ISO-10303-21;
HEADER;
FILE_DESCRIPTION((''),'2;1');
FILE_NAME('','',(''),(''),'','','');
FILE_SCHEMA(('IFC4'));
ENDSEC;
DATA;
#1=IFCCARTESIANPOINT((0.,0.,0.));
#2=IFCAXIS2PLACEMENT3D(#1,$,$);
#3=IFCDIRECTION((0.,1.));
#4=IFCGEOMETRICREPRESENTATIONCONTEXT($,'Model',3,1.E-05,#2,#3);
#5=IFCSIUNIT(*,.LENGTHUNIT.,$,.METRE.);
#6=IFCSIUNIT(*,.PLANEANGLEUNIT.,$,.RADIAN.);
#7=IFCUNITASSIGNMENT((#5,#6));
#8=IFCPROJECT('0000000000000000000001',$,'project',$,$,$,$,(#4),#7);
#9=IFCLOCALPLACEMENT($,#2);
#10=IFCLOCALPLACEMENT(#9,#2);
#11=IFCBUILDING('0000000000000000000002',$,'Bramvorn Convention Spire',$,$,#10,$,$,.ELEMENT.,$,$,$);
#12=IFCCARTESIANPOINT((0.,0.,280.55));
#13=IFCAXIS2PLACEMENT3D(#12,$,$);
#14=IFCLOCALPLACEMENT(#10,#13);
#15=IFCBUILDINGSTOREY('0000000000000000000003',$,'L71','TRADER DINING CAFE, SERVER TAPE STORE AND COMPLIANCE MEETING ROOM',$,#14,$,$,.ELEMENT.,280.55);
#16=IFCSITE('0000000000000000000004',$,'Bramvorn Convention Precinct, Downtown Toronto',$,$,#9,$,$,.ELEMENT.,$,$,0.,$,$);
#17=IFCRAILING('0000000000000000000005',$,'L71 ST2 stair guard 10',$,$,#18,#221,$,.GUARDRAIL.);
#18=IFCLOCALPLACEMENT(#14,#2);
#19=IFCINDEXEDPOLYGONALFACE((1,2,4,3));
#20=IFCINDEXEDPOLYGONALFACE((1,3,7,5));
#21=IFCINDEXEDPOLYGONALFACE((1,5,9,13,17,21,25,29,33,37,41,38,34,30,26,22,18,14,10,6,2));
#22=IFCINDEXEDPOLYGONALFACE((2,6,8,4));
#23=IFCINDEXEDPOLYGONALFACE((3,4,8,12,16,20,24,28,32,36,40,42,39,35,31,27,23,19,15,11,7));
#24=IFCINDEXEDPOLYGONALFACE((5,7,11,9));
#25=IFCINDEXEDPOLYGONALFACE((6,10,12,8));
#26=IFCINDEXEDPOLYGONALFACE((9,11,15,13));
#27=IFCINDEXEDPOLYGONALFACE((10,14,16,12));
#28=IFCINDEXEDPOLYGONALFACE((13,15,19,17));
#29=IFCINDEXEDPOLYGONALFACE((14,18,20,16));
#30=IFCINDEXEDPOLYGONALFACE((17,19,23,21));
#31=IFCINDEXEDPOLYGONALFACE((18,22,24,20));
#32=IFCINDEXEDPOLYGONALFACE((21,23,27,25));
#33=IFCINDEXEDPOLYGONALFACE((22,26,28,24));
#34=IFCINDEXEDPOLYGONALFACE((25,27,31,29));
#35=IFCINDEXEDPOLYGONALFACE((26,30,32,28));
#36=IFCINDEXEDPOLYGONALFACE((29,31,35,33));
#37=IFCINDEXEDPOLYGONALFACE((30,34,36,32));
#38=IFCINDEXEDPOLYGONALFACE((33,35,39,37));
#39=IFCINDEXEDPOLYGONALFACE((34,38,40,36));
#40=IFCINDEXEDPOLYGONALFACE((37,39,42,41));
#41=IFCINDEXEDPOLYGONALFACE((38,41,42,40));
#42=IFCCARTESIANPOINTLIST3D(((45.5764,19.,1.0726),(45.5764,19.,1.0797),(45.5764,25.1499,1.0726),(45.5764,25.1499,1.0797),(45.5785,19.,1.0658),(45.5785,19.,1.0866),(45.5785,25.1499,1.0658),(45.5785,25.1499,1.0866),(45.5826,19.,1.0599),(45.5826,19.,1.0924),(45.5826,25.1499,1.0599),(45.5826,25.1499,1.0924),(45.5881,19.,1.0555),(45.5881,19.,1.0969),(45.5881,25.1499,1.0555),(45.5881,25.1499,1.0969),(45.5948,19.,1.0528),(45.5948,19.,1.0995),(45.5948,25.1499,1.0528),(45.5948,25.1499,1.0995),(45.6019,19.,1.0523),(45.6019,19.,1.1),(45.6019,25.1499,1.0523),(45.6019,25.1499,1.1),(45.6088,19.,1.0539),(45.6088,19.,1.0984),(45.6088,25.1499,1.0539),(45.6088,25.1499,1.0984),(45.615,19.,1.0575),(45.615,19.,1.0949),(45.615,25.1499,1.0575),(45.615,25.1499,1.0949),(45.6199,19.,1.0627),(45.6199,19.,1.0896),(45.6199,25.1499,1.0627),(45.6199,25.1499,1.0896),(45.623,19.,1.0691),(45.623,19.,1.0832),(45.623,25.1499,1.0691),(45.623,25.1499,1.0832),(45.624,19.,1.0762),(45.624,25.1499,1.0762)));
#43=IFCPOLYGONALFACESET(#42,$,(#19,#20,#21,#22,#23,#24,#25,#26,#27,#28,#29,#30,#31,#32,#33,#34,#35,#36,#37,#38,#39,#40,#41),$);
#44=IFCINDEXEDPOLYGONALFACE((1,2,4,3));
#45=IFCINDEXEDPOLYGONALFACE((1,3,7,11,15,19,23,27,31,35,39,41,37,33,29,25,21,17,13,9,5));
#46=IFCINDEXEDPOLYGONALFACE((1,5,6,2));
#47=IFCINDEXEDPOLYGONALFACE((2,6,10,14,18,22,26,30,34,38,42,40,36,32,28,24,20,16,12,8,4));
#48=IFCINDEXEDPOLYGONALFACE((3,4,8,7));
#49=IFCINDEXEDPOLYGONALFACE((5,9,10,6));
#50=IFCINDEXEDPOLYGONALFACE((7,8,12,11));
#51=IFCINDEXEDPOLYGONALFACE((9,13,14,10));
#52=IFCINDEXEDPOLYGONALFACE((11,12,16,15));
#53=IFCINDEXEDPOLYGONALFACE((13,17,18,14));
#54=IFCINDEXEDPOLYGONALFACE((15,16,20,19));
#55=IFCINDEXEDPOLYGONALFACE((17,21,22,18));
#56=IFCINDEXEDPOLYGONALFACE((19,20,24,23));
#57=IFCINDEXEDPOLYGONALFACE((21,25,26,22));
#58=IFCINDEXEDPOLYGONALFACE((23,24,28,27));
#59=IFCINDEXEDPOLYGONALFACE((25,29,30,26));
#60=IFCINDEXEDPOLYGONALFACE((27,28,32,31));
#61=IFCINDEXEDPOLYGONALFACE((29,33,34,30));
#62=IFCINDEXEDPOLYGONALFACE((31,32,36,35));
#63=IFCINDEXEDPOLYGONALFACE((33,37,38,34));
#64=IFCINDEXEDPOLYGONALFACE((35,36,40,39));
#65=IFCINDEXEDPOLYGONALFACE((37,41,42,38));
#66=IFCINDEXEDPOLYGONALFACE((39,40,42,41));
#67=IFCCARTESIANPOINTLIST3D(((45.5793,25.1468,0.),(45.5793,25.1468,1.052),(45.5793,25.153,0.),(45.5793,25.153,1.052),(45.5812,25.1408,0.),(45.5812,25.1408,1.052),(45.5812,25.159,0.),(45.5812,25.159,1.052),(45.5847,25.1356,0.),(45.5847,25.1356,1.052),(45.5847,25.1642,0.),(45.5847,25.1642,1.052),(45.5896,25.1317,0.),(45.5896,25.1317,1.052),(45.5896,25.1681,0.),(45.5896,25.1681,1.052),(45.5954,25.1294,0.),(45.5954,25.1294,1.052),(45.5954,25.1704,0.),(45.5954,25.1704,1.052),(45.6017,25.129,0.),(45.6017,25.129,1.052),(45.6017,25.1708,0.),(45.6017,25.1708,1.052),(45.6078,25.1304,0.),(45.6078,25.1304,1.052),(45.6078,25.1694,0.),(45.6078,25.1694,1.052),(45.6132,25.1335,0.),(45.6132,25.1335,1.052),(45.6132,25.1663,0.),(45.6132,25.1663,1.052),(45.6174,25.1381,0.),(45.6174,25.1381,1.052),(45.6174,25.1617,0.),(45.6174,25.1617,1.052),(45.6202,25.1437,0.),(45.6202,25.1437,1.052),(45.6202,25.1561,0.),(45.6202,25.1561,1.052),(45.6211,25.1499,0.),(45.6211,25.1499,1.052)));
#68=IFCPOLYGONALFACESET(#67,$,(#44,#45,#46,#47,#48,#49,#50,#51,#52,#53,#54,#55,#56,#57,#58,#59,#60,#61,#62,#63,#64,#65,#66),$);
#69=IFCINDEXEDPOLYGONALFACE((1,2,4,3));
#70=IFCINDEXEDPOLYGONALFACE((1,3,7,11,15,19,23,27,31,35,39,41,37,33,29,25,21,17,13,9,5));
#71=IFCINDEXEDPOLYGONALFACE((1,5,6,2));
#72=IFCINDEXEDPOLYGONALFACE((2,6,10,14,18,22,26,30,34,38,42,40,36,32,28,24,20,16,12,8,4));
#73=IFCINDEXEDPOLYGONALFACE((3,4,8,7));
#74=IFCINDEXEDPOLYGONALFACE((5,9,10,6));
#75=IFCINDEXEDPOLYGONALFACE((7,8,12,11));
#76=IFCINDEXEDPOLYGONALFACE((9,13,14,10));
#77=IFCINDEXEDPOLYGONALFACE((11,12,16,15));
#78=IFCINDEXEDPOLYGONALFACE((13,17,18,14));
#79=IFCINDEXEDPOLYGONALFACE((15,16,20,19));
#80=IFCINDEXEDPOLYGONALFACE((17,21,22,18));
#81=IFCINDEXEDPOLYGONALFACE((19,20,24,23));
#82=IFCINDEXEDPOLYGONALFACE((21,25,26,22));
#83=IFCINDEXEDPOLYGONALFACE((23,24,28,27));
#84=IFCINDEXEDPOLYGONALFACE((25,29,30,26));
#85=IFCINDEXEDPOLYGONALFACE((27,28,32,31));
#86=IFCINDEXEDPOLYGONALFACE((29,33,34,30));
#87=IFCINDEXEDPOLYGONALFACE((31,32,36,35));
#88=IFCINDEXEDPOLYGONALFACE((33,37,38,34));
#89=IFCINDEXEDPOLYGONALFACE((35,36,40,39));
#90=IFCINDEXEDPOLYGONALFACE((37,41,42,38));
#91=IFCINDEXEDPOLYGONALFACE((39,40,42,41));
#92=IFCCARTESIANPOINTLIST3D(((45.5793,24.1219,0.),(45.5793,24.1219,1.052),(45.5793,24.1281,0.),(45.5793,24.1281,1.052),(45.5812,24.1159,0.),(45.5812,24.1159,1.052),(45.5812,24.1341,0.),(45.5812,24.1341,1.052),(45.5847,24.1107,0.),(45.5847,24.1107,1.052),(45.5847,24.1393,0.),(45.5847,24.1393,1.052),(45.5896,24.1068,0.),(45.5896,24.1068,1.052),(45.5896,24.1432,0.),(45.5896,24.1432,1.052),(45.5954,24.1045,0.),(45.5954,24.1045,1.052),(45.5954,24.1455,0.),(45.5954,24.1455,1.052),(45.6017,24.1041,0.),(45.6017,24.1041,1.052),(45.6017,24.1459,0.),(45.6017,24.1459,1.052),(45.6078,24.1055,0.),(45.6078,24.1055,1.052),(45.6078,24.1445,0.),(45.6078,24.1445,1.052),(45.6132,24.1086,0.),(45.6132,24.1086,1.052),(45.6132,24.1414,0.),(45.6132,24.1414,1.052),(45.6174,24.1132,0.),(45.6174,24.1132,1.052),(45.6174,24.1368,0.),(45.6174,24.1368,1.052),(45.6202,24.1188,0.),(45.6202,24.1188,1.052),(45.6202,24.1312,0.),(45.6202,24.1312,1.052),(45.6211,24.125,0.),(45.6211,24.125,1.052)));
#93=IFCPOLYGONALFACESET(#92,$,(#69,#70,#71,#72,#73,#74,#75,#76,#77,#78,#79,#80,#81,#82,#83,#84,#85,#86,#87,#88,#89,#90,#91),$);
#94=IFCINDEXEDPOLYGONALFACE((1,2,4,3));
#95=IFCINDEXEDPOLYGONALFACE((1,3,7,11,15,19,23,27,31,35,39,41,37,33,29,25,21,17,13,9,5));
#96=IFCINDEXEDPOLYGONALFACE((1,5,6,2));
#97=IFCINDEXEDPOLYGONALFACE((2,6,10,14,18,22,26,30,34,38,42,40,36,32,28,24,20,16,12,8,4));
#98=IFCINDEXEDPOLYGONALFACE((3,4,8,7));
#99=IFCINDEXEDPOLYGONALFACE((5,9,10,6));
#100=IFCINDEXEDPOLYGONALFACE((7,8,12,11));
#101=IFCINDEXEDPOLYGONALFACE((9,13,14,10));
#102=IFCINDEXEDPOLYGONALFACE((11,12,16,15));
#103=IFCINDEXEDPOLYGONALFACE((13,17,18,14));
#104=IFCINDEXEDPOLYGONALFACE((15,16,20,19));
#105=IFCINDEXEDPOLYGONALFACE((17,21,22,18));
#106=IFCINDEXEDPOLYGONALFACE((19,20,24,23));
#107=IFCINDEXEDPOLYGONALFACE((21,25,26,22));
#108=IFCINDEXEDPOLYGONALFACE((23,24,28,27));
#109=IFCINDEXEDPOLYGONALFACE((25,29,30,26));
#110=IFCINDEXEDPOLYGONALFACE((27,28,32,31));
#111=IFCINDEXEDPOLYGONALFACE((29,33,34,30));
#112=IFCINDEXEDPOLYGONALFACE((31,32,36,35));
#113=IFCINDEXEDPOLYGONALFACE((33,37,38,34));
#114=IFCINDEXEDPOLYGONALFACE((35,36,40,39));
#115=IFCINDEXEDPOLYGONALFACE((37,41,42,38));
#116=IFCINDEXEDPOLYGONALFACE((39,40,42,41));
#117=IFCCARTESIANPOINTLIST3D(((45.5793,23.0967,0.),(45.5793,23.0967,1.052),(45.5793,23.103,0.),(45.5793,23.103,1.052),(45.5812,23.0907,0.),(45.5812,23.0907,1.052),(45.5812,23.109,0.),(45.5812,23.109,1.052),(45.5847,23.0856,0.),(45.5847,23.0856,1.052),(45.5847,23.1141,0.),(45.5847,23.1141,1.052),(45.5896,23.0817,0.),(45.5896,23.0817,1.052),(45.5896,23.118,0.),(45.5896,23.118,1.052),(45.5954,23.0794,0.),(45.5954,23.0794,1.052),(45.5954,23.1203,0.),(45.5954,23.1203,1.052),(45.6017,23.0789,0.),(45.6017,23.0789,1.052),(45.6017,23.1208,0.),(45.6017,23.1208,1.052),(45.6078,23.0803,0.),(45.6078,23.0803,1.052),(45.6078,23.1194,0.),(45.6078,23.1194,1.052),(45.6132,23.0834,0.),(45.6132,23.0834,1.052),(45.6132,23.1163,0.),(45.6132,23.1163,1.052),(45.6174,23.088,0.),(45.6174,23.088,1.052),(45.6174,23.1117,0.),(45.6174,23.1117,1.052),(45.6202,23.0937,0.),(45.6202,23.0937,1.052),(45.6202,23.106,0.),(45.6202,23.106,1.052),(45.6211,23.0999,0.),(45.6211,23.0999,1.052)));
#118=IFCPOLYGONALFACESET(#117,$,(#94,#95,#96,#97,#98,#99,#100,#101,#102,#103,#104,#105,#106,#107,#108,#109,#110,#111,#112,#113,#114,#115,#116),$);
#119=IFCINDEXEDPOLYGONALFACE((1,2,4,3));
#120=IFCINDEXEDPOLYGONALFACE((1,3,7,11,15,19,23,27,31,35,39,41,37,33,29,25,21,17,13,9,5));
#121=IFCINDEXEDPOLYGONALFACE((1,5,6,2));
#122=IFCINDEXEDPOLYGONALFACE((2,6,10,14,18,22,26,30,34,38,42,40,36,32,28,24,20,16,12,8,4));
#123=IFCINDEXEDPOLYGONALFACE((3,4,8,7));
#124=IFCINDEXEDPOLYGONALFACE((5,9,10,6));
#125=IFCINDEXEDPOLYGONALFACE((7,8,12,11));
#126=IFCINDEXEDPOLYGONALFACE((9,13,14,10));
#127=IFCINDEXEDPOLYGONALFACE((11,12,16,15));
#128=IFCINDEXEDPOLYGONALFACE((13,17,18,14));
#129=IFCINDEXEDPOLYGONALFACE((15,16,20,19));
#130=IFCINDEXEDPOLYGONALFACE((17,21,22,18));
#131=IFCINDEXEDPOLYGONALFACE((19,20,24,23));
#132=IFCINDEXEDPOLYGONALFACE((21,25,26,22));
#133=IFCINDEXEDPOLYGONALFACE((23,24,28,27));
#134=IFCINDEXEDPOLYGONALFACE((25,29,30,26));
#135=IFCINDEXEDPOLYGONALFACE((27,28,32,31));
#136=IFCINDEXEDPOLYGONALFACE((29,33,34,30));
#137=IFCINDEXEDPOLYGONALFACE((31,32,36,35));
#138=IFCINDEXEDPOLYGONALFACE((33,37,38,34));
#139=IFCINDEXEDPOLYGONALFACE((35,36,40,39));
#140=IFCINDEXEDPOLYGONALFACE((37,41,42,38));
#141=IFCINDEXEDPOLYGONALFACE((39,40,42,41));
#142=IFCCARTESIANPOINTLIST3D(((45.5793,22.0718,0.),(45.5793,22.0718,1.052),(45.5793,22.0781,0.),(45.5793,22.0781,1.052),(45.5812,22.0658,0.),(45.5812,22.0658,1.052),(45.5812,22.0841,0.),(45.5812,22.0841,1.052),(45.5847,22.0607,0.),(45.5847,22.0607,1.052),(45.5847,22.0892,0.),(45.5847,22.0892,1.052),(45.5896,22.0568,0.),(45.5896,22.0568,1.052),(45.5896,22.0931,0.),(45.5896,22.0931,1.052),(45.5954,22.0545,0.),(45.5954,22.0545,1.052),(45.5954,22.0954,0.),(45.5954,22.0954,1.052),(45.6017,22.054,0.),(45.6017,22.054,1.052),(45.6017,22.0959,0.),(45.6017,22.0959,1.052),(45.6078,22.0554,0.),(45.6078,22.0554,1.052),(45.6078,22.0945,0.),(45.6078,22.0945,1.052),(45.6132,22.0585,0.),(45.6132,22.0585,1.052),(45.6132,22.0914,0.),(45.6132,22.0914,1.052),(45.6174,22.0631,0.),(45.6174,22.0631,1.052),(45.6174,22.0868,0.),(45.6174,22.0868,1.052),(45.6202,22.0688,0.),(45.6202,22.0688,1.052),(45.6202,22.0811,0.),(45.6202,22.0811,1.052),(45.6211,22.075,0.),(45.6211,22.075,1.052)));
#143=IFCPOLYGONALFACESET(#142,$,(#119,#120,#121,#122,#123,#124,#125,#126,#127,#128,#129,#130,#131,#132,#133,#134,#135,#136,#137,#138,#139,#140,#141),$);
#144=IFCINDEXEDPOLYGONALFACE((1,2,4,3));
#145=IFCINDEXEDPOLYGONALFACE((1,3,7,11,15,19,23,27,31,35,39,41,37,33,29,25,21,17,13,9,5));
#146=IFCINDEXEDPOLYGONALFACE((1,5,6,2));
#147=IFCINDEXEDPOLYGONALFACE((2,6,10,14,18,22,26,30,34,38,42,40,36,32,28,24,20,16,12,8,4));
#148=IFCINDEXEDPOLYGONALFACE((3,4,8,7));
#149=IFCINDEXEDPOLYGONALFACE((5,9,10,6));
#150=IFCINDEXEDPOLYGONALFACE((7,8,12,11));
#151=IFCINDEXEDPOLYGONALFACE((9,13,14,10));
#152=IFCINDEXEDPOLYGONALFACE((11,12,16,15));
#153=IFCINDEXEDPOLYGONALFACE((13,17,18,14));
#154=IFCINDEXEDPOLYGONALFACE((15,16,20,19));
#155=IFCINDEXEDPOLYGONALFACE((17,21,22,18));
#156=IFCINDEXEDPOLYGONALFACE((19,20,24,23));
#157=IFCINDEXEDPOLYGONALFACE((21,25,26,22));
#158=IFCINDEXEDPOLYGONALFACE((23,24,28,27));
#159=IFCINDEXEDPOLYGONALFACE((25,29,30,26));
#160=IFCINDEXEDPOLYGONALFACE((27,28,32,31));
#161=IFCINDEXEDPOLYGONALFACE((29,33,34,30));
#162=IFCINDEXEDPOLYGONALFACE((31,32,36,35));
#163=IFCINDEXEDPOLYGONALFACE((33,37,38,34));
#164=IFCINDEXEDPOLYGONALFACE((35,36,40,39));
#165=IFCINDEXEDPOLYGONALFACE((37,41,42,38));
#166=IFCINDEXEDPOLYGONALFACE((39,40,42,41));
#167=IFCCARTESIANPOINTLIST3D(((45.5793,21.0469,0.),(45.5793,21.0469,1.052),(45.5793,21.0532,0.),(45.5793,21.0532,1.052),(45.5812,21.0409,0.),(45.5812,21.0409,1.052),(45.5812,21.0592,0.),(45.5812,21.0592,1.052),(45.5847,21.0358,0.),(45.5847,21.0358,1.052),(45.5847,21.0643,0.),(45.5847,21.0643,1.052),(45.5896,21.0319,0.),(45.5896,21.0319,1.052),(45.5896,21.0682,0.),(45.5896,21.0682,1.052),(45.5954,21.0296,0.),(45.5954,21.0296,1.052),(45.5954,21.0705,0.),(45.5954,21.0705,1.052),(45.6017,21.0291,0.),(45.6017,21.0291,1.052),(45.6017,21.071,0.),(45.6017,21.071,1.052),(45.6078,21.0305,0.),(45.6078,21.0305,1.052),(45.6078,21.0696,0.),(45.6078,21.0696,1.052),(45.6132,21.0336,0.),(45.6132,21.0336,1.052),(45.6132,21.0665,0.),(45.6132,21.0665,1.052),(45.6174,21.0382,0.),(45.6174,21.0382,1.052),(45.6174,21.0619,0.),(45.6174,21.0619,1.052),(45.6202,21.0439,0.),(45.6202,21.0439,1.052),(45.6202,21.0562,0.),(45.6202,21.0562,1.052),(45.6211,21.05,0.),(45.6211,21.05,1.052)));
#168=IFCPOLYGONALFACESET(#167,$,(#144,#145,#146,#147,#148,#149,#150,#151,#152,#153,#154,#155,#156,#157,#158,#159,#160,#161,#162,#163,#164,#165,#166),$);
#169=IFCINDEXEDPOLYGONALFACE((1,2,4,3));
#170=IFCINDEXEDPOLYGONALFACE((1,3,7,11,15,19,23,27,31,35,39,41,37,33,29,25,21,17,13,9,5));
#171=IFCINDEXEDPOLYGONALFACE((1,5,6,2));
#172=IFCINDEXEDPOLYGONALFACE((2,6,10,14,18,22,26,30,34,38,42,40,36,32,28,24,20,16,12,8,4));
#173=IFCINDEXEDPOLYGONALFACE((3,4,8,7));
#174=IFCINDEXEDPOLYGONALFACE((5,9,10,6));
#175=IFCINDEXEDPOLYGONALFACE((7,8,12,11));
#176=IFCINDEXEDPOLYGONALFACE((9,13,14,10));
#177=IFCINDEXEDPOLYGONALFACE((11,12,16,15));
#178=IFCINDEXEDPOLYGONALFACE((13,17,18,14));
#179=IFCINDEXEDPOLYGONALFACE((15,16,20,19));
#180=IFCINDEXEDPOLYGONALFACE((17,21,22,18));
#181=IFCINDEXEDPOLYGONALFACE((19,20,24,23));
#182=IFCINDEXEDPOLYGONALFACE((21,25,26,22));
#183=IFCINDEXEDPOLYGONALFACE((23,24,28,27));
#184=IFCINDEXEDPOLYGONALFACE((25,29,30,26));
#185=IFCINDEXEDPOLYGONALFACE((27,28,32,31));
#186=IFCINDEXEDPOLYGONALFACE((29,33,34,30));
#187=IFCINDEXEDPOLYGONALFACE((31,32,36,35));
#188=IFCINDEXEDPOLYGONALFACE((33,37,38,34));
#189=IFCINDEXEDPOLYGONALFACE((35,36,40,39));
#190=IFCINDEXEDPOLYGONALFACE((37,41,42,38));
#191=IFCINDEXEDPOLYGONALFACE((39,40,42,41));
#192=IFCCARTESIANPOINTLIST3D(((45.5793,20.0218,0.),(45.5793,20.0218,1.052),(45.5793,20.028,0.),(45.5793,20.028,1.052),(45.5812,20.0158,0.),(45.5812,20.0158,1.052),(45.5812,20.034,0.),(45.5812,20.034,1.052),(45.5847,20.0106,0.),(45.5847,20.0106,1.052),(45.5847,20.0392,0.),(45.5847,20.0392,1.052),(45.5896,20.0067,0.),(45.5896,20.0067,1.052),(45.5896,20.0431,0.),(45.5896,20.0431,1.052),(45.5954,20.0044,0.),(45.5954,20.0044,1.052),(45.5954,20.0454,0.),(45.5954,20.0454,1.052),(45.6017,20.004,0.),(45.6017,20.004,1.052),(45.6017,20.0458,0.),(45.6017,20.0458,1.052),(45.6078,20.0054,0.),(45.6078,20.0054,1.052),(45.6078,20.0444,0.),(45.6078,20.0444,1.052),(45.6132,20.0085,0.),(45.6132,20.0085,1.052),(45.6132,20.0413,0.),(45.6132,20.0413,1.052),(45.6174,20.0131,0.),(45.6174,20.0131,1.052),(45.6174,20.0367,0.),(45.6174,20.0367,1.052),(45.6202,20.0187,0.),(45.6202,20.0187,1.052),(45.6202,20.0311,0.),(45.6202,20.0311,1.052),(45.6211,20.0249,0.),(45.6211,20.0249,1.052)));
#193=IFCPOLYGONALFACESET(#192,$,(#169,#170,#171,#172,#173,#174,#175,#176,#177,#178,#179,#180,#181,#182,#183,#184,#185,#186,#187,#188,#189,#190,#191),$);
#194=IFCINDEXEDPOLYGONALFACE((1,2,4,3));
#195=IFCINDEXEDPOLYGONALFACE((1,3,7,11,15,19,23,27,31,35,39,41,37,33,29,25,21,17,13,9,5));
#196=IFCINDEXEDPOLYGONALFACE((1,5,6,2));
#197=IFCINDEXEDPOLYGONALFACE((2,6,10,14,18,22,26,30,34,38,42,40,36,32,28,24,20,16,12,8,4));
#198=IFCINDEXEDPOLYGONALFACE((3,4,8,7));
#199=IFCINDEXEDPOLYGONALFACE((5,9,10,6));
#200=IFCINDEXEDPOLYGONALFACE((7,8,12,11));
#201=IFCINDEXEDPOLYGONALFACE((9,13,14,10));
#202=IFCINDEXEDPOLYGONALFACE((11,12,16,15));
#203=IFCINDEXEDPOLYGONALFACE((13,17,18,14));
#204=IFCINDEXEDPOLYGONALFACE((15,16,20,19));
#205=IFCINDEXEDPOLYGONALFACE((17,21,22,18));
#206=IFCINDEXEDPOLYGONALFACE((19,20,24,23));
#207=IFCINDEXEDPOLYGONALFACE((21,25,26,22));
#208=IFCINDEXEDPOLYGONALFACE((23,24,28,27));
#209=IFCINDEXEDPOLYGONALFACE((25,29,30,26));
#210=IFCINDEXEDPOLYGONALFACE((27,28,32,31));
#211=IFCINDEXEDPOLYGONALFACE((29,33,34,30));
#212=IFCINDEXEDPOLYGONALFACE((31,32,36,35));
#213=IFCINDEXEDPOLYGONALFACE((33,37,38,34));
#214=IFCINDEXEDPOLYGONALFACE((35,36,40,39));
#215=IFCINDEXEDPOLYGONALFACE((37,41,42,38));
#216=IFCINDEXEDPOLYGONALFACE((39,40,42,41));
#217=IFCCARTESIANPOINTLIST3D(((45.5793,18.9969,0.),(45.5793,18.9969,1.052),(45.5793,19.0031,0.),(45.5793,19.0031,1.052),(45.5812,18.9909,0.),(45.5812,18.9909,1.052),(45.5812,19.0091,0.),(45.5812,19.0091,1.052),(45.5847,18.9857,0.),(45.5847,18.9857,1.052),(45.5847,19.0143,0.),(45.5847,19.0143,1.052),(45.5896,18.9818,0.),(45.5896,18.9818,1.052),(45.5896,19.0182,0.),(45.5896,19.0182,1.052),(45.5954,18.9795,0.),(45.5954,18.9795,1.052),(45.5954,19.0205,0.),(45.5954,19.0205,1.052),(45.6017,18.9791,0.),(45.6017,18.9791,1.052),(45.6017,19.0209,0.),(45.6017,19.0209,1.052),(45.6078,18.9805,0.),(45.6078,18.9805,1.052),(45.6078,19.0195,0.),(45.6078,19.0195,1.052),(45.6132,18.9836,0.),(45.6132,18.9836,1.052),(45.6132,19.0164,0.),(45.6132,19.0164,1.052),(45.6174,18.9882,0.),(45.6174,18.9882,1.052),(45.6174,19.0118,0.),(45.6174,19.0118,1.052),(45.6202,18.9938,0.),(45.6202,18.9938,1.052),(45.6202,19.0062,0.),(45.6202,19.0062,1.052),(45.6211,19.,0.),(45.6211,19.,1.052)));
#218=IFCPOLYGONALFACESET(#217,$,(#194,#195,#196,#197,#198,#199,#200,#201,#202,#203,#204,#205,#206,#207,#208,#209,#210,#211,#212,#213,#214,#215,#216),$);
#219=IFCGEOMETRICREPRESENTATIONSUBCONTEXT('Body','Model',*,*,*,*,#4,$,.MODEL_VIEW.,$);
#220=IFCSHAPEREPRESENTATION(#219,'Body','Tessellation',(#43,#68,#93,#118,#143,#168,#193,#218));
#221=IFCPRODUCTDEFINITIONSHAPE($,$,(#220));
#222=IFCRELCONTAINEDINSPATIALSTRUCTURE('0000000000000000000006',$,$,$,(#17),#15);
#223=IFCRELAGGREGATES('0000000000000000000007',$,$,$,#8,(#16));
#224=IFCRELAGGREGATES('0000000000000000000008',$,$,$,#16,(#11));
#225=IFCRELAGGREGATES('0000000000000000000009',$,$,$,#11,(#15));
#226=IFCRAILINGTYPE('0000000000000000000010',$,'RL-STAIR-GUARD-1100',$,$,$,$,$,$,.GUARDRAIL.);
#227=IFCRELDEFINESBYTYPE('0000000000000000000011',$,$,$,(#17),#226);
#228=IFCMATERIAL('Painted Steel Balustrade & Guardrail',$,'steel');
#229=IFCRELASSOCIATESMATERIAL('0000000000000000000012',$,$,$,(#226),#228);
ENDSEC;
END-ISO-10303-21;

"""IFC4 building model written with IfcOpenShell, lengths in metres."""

from ifc_helpers import new_model, si_unit, direction, frame, origin, origin_2d, place, context, subcontext, project, spatial, circle, extrude, material, type_object, element, save


model = new_model("IFC4")

# Units and contexts
model_context = context("Model", 3, precision=1e-05, world=origin(), true_north=direction((0.0, 1.0)))
body_context = subcontext(model_context, "Body", "Model", "MODEL_VIEW")
ifc_project = project(units=[si_unit("LENGTHUNIT", "METRE"), si_unit("PLANEANGLEUNIT", "RADIAN")], contexts=[model_context])

# Site, building, storey
site_placement = place(None, origin())
site = spatial("IfcSite", under=ifc_project, at=site_placement, Name="Bramvorn Convention Precinct, Downtown Toronto", CompositionType="ELEMENT", RefElevation=0.0)
building_placement = place(site_placement, origin())
building = spatial("IfcBuilding", under=site, at=building_placement, Name="Bramvorn Convention Spire", CompositionType="ELEMENT")
storey_placement = place(building_placement, frame((0.0, 0.0, 280.55)))
storey = spatial("IfcBuildingStorey", under=building, at=storey_placement, Name="L71", Description="TRADER DINING CAFE, SERVER TAPE STORE AND COMPLIANCE MEETING ROOM", CompositionType="ELEMENT", Elevation=280.55)

# Railing
ifc_material_1 = material(Name="Painted Steel Balustrade & Guardrail", Category="steel")
railing_type_1 = type_object("IfcRailingType", Name="RL-STAIR-GUARD-1100", PredefinedType="GUARDRAIL", material=ifc_material_1)
railing_1_placement = place(storey_placement, frame((45.6001, 25.1499, 0.0)))
element("IfcRailing", 1, at=railing_1_placement, inside=storey, type_object=railing_type_1, Name="L71 ST2 stair guard 10", PredefinedType="GUARDRAIL", context=body_context, shape_type="SweptSolid", body=[
    extrude(circle(Radius=0.0239, at=origin_2d()), frame((0.0, 0.0, 1.0762), z_axis=(0.0, -1.0, 0.0), x_axis=(1.0, 0.0, 0.0)), (0.0, 0.0, 1.0), 6.1499),
    extrude(circle(Radius=0.021, at=origin_2d()), origin(), (0.0, 0.0, 1.0), 1.052),
    extrude(circle(Radius=0.021, at=origin_2d()), frame((0.0, -1.0249, 0.0)), (0.0, 0.0, 1.0), 1.052),
    extrude(circle(Radius=0.021, at=origin_2d()), frame((0.0, -2.05, 0.0)), (0.0, 0.0, 1.0), 1.052),
    extrude(circle(Radius=0.021, at=origin_2d()), frame((0.0, -3.075, 0.0)), (0.0, 0.0, 1.0), 1.052),
    extrude(circle(Radius=0.021, at=origin_2d()), frame((0.0, -4.0999, 0.0)), (0.0, 0.0, 1.0), 1.052),
    extrude(circle(Radius=0.021, at=origin_2d()), frame((0.0, -5.125, 0.0)), (0.0, 0.0, 1.0), 1.052),
    extrude(circle(Radius=0.021, at=origin_2d()), frame((0.0, -6.1499, 0.0)), (0.0, 0.0, 1.0), 1.052),
])

save(model, "model.ifc")
